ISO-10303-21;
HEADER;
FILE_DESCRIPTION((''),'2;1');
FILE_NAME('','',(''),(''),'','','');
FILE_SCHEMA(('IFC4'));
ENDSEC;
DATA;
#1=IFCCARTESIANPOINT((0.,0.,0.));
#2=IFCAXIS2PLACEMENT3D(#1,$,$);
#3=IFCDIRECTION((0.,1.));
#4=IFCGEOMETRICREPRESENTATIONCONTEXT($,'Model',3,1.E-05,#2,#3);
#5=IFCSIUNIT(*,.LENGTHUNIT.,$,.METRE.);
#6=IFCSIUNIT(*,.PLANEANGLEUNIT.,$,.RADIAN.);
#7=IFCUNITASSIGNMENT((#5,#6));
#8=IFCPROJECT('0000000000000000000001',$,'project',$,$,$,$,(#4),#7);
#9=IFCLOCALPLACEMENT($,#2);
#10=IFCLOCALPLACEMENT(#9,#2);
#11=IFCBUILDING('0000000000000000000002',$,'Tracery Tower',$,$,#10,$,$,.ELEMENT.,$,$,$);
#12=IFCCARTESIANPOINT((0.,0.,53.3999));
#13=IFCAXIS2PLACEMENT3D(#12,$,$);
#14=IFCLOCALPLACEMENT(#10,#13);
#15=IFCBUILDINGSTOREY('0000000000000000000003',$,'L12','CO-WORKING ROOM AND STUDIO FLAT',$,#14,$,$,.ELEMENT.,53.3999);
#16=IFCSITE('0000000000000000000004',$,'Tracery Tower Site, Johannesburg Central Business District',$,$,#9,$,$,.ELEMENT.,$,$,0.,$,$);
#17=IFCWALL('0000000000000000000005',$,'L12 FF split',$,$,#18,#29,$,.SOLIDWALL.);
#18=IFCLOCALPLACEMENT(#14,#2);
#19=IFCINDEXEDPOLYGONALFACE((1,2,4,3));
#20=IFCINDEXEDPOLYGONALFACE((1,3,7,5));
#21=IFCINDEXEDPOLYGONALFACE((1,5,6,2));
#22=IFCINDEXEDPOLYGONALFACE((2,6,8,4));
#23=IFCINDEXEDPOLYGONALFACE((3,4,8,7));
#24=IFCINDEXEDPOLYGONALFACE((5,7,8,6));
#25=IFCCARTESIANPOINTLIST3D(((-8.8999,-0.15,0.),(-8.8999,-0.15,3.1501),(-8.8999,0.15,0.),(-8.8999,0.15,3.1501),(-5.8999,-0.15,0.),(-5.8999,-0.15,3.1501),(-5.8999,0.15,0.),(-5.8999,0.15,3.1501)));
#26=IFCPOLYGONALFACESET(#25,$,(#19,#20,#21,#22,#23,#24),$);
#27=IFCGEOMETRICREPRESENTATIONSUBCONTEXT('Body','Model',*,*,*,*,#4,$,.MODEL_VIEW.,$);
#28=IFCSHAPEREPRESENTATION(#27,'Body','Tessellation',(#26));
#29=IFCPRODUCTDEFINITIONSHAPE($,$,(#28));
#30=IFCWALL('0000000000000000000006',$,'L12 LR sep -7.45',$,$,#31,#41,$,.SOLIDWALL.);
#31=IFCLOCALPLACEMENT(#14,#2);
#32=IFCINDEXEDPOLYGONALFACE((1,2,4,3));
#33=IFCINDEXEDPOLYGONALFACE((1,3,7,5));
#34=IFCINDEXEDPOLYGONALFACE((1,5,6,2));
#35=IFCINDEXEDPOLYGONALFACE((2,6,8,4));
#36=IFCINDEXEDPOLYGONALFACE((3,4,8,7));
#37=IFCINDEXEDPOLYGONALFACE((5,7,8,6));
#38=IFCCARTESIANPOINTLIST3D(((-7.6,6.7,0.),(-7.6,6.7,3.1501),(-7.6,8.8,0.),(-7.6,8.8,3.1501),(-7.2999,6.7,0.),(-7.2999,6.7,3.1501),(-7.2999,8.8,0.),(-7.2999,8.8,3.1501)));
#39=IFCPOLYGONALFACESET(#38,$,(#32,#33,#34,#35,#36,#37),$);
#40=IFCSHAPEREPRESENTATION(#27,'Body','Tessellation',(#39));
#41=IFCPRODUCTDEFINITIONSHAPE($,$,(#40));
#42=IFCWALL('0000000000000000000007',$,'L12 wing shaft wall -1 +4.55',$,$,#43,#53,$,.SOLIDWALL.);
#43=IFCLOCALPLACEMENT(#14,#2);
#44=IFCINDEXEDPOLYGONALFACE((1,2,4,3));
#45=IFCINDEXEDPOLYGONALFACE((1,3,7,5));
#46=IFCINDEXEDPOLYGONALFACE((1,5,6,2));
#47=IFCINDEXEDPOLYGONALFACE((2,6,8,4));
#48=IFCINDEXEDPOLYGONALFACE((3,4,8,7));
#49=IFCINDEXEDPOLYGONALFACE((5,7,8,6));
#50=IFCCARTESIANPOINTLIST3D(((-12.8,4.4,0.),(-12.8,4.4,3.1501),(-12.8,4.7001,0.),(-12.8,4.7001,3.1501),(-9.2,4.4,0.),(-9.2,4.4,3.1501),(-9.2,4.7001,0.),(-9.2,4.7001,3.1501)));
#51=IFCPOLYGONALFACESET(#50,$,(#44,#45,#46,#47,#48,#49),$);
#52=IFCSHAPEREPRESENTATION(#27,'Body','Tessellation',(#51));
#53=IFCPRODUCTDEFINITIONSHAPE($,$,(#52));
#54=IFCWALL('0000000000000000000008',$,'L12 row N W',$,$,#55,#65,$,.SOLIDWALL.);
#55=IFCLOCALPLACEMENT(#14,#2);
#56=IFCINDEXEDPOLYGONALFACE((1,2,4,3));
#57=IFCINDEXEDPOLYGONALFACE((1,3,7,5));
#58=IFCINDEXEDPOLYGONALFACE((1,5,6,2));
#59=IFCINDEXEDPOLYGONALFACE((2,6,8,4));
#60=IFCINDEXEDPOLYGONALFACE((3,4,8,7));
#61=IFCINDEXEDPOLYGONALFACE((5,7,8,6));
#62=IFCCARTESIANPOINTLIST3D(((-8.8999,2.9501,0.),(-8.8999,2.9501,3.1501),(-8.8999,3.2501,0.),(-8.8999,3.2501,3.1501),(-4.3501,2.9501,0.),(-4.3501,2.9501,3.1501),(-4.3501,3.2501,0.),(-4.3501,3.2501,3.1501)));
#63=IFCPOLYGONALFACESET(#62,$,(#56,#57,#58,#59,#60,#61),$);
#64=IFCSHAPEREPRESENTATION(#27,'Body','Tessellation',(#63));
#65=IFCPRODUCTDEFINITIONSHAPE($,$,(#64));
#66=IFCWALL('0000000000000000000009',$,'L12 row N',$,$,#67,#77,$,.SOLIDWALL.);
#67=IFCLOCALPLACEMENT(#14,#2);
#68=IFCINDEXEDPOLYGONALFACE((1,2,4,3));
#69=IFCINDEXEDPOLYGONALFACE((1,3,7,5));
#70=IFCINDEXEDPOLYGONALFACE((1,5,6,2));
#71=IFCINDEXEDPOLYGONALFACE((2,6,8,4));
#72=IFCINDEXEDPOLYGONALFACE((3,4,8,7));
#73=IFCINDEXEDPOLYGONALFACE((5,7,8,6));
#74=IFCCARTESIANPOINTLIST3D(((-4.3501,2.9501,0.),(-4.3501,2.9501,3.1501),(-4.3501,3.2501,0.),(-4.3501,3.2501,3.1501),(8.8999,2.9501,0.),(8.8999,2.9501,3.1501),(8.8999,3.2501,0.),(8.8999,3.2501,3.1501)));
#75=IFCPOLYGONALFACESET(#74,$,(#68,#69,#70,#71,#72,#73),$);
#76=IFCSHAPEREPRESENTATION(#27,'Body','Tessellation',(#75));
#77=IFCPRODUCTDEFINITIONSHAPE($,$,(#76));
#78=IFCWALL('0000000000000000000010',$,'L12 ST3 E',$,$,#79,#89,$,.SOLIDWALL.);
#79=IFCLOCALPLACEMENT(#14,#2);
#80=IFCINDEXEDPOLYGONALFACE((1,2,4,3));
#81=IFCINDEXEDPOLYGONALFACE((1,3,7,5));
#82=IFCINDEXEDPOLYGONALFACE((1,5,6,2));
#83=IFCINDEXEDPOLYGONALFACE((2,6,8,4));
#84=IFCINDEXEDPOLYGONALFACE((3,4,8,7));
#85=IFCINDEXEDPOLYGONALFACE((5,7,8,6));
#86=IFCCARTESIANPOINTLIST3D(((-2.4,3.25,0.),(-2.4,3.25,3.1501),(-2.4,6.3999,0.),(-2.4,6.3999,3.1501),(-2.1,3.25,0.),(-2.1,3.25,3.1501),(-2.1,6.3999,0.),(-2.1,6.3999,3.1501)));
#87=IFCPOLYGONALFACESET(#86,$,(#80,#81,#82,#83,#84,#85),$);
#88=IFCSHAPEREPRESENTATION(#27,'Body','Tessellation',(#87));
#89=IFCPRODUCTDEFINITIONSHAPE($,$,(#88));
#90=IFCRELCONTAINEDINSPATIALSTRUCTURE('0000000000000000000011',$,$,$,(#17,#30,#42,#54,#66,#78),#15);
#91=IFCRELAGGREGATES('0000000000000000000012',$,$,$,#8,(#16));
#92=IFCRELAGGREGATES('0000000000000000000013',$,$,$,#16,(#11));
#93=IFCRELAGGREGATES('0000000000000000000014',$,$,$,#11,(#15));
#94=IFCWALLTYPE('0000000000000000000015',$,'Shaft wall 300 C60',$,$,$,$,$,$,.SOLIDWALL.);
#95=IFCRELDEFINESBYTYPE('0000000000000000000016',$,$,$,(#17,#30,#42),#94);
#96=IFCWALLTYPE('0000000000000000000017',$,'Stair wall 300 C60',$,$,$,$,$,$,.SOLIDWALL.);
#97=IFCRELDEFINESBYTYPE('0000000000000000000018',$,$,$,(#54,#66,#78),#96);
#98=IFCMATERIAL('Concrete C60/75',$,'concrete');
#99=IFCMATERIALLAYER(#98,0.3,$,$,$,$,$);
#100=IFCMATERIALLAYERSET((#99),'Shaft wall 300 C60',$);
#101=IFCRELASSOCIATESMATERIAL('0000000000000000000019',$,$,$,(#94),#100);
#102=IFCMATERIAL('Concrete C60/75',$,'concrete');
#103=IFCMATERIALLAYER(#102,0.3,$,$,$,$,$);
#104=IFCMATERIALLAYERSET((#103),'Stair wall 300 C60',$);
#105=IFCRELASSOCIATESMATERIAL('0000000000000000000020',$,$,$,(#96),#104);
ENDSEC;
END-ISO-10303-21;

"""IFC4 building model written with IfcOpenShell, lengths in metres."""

from ifc_helpers import new_model, si_unit, direction, frame, frame_2d, origin, place, context, subcontext, project, spatial, rectangle, extrude, material, layer, layer_set, type_object, element, save


model = new_model("IFC4")

# Units and contexts
model_context = context("Model", 3, precision=1e-05, world=origin(), true_north=direction((0.0, 1.0)))
body_context = subcontext(model_context, "Body", "Model", "MODEL_VIEW")
ifc_project = project(units=[si_unit("LENGTHUNIT", "METRE"), si_unit("PLANEANGLEUNIT", "RADIAN")], contexts=[model_context])

# Site, building, storey
site_placement = place(None, origin())
site = spatial("IfcSite", under=ifc_project, at=site_placement, Name="Tracery Tower Site, Johannesburg Central Business District", CompositionType="ELEMENT", RefElevation=0.0)
building_placement = place(site_placement, origin())
building = spatial("IfcBuilding", under=site, at=building_placement, Name="Tracery Tower", CompositionType="ELEMENT")
storey_placement = place(building_placement, frame((0.0, 0.0, 53.3999)))
storey = spatial("IfcBuildingStorey", under=building, at=storey_placement, Name="L12", Description="CO-WORKING ROOM AND STUDIO FLAT", CompositionType="ELEMENT", Elevation=53.3999)

# Walls
ifc_material_1 = material(Name="Concrete C60/75", Category="concrete")
ifc_layer_1 = layer(ifc_material_1, 0.3)
ifc_layer_set_1 = layer_set([ifc_layer_1], Name="Shaft wall 300 C60")
wall_type_1 = type_object("IfcWallType", Name="Shaft wall 300 C60", PredefinedType="SOLIDWALL", material=ifc_layer_set_1)
wall_1_placement = place(storey_placement, frame((-8.8999, 0.0, 0.0), z_axis=(0.0, 0.0, 1.0), x_axis=(1.0, 0.0, 0.0)))
element("IfcWall", 1, at=wall_1_placement, inside=storey, type_object=wall_type_1, Name="L12 FF split", PredefinedType="SOLIDWALL", context=body_context, shape_type="SweptSolid", body=[
    extrude(rectangle(XDim=3.0, YDim=0.3, at=frame_2d((1.5, 0.0))), origin(), (0.0, 0.0, 1.0), 3.1501),
])
wall_2_placement = place(storey_placement, frame((-7.45, 6.7, 0.0), z_axis=(0.0, 0.0, 1.0), x_axis=(0.0, 1.0, 0.0)))
element("IfcWall", 2, at=wall_2_placement, inside=storey, type_object=wall_type_1, Name="L12 LR sep -7.45", PredefinedType="SOLIDWALL", context=body_context, shape_type="SweptSolid", body=[
    extrude(rectangle(XDim=2.1001, YDim=0.3, at=frame_2d((1.05, 0.0))), origin(), (0.0, 0.0, 1.0), 3.1501),
])

# Wall
wall_3_placement = place(storey_placement, frame((-12.8, 4.55, 0.0), z_axis=(0.0, 0.0, 1.0), x_axis=(1.0, 0.0, 0.0)))
element("IfcWall", 3, at=wall_3_placement, inside=storey, type_object=wall_type_1, Name="L12 wing shaft wall -1 +4.55", PredefinedType="SOLIDWALL", context=body_context, shape_type="SweptSolid", body=[
    extrude(rectangle(XDim=3.6001, YDim=0.3, at=frame_2d((1.8, 0.0))), origin(), (0.0, 0.0, 1.0), 3.1501),
])

# Walls
ifc_material_2 = material(Name="Concrete C60/75", Category="concrete")
ifc_layer_2 = layer(ifc_material_2, 0.3)
ifc_layer_set_2 = layer_set([ifc_layer_2], Name="Stair wall 300 C60")
wall_type_2 = type_object("IfcWallType", Name="Stair wall 300 C60", PredefinedType="SOLIDWALL", material=ifc_layer_set_2)
wall_4_placement = place(storey_placement, frame((-8.8999, 3.1001, 0.0), z_axis=(0.0, 0.0, 1.0), x_axis=(1.0, 0.0, 0.0)))
element("IfcWall", 4, at=wall_4_placement, inside=storey, type_object=wall_type_2, Name="L12 row N W", PredefinedType="SOLIDWALL", context=body_context, shape_type="SweptSolid", body=[
    extrude(rectangle(XDim=4.5498, YDim=0.3, at=frame_2d((2.2749, 0.0))), origin(), (0.0, 0.0, 1.0), 3.1501),
])
wall_5_placement = place(storey_placement, frame((-4.3501, 3.1001, 0.0), z_axis=(0.0, 0.0, 1.0), x_axis=(1.0, 0.0, 0.0)))
element("IfcWall", 5, at=wall_5_placement, inside=storey, type_object=wall_type_2, Name="L12 row N", PredefinedType="SOLIDWALL", context=body_context, shape_type="SweptSolid", body=[
    extrude(rectangle(XDim=13.25, YDim=0.3, at=frame_2d((6.625, 0.0))), origin(), (0.0, 0.0, 1.0), 3.1501),
])
wall_6_placement = place(storey_placement, frame((-2.25, 3.25, 0.0), z_axis=(0.0, 0.0, 1.0), x_axis=(0.0, 1.0, 0.0)))
element("IfcWall", 6, at=wall_6_placement, inside=storey, type_object=wall_type_2, Name="L12 ST3 E", PredefinedType="SOLIDWALL", context=body_context, shape_type="SweptSolid", body=[
    extrude(rectangle(XDim=3.1499, YDim=0.3, at=frame_2d((1.575, 0.0))), origin(), (0.0, 0.0, 1.0), 3.1501),
])

save(model, "model.ifc")
